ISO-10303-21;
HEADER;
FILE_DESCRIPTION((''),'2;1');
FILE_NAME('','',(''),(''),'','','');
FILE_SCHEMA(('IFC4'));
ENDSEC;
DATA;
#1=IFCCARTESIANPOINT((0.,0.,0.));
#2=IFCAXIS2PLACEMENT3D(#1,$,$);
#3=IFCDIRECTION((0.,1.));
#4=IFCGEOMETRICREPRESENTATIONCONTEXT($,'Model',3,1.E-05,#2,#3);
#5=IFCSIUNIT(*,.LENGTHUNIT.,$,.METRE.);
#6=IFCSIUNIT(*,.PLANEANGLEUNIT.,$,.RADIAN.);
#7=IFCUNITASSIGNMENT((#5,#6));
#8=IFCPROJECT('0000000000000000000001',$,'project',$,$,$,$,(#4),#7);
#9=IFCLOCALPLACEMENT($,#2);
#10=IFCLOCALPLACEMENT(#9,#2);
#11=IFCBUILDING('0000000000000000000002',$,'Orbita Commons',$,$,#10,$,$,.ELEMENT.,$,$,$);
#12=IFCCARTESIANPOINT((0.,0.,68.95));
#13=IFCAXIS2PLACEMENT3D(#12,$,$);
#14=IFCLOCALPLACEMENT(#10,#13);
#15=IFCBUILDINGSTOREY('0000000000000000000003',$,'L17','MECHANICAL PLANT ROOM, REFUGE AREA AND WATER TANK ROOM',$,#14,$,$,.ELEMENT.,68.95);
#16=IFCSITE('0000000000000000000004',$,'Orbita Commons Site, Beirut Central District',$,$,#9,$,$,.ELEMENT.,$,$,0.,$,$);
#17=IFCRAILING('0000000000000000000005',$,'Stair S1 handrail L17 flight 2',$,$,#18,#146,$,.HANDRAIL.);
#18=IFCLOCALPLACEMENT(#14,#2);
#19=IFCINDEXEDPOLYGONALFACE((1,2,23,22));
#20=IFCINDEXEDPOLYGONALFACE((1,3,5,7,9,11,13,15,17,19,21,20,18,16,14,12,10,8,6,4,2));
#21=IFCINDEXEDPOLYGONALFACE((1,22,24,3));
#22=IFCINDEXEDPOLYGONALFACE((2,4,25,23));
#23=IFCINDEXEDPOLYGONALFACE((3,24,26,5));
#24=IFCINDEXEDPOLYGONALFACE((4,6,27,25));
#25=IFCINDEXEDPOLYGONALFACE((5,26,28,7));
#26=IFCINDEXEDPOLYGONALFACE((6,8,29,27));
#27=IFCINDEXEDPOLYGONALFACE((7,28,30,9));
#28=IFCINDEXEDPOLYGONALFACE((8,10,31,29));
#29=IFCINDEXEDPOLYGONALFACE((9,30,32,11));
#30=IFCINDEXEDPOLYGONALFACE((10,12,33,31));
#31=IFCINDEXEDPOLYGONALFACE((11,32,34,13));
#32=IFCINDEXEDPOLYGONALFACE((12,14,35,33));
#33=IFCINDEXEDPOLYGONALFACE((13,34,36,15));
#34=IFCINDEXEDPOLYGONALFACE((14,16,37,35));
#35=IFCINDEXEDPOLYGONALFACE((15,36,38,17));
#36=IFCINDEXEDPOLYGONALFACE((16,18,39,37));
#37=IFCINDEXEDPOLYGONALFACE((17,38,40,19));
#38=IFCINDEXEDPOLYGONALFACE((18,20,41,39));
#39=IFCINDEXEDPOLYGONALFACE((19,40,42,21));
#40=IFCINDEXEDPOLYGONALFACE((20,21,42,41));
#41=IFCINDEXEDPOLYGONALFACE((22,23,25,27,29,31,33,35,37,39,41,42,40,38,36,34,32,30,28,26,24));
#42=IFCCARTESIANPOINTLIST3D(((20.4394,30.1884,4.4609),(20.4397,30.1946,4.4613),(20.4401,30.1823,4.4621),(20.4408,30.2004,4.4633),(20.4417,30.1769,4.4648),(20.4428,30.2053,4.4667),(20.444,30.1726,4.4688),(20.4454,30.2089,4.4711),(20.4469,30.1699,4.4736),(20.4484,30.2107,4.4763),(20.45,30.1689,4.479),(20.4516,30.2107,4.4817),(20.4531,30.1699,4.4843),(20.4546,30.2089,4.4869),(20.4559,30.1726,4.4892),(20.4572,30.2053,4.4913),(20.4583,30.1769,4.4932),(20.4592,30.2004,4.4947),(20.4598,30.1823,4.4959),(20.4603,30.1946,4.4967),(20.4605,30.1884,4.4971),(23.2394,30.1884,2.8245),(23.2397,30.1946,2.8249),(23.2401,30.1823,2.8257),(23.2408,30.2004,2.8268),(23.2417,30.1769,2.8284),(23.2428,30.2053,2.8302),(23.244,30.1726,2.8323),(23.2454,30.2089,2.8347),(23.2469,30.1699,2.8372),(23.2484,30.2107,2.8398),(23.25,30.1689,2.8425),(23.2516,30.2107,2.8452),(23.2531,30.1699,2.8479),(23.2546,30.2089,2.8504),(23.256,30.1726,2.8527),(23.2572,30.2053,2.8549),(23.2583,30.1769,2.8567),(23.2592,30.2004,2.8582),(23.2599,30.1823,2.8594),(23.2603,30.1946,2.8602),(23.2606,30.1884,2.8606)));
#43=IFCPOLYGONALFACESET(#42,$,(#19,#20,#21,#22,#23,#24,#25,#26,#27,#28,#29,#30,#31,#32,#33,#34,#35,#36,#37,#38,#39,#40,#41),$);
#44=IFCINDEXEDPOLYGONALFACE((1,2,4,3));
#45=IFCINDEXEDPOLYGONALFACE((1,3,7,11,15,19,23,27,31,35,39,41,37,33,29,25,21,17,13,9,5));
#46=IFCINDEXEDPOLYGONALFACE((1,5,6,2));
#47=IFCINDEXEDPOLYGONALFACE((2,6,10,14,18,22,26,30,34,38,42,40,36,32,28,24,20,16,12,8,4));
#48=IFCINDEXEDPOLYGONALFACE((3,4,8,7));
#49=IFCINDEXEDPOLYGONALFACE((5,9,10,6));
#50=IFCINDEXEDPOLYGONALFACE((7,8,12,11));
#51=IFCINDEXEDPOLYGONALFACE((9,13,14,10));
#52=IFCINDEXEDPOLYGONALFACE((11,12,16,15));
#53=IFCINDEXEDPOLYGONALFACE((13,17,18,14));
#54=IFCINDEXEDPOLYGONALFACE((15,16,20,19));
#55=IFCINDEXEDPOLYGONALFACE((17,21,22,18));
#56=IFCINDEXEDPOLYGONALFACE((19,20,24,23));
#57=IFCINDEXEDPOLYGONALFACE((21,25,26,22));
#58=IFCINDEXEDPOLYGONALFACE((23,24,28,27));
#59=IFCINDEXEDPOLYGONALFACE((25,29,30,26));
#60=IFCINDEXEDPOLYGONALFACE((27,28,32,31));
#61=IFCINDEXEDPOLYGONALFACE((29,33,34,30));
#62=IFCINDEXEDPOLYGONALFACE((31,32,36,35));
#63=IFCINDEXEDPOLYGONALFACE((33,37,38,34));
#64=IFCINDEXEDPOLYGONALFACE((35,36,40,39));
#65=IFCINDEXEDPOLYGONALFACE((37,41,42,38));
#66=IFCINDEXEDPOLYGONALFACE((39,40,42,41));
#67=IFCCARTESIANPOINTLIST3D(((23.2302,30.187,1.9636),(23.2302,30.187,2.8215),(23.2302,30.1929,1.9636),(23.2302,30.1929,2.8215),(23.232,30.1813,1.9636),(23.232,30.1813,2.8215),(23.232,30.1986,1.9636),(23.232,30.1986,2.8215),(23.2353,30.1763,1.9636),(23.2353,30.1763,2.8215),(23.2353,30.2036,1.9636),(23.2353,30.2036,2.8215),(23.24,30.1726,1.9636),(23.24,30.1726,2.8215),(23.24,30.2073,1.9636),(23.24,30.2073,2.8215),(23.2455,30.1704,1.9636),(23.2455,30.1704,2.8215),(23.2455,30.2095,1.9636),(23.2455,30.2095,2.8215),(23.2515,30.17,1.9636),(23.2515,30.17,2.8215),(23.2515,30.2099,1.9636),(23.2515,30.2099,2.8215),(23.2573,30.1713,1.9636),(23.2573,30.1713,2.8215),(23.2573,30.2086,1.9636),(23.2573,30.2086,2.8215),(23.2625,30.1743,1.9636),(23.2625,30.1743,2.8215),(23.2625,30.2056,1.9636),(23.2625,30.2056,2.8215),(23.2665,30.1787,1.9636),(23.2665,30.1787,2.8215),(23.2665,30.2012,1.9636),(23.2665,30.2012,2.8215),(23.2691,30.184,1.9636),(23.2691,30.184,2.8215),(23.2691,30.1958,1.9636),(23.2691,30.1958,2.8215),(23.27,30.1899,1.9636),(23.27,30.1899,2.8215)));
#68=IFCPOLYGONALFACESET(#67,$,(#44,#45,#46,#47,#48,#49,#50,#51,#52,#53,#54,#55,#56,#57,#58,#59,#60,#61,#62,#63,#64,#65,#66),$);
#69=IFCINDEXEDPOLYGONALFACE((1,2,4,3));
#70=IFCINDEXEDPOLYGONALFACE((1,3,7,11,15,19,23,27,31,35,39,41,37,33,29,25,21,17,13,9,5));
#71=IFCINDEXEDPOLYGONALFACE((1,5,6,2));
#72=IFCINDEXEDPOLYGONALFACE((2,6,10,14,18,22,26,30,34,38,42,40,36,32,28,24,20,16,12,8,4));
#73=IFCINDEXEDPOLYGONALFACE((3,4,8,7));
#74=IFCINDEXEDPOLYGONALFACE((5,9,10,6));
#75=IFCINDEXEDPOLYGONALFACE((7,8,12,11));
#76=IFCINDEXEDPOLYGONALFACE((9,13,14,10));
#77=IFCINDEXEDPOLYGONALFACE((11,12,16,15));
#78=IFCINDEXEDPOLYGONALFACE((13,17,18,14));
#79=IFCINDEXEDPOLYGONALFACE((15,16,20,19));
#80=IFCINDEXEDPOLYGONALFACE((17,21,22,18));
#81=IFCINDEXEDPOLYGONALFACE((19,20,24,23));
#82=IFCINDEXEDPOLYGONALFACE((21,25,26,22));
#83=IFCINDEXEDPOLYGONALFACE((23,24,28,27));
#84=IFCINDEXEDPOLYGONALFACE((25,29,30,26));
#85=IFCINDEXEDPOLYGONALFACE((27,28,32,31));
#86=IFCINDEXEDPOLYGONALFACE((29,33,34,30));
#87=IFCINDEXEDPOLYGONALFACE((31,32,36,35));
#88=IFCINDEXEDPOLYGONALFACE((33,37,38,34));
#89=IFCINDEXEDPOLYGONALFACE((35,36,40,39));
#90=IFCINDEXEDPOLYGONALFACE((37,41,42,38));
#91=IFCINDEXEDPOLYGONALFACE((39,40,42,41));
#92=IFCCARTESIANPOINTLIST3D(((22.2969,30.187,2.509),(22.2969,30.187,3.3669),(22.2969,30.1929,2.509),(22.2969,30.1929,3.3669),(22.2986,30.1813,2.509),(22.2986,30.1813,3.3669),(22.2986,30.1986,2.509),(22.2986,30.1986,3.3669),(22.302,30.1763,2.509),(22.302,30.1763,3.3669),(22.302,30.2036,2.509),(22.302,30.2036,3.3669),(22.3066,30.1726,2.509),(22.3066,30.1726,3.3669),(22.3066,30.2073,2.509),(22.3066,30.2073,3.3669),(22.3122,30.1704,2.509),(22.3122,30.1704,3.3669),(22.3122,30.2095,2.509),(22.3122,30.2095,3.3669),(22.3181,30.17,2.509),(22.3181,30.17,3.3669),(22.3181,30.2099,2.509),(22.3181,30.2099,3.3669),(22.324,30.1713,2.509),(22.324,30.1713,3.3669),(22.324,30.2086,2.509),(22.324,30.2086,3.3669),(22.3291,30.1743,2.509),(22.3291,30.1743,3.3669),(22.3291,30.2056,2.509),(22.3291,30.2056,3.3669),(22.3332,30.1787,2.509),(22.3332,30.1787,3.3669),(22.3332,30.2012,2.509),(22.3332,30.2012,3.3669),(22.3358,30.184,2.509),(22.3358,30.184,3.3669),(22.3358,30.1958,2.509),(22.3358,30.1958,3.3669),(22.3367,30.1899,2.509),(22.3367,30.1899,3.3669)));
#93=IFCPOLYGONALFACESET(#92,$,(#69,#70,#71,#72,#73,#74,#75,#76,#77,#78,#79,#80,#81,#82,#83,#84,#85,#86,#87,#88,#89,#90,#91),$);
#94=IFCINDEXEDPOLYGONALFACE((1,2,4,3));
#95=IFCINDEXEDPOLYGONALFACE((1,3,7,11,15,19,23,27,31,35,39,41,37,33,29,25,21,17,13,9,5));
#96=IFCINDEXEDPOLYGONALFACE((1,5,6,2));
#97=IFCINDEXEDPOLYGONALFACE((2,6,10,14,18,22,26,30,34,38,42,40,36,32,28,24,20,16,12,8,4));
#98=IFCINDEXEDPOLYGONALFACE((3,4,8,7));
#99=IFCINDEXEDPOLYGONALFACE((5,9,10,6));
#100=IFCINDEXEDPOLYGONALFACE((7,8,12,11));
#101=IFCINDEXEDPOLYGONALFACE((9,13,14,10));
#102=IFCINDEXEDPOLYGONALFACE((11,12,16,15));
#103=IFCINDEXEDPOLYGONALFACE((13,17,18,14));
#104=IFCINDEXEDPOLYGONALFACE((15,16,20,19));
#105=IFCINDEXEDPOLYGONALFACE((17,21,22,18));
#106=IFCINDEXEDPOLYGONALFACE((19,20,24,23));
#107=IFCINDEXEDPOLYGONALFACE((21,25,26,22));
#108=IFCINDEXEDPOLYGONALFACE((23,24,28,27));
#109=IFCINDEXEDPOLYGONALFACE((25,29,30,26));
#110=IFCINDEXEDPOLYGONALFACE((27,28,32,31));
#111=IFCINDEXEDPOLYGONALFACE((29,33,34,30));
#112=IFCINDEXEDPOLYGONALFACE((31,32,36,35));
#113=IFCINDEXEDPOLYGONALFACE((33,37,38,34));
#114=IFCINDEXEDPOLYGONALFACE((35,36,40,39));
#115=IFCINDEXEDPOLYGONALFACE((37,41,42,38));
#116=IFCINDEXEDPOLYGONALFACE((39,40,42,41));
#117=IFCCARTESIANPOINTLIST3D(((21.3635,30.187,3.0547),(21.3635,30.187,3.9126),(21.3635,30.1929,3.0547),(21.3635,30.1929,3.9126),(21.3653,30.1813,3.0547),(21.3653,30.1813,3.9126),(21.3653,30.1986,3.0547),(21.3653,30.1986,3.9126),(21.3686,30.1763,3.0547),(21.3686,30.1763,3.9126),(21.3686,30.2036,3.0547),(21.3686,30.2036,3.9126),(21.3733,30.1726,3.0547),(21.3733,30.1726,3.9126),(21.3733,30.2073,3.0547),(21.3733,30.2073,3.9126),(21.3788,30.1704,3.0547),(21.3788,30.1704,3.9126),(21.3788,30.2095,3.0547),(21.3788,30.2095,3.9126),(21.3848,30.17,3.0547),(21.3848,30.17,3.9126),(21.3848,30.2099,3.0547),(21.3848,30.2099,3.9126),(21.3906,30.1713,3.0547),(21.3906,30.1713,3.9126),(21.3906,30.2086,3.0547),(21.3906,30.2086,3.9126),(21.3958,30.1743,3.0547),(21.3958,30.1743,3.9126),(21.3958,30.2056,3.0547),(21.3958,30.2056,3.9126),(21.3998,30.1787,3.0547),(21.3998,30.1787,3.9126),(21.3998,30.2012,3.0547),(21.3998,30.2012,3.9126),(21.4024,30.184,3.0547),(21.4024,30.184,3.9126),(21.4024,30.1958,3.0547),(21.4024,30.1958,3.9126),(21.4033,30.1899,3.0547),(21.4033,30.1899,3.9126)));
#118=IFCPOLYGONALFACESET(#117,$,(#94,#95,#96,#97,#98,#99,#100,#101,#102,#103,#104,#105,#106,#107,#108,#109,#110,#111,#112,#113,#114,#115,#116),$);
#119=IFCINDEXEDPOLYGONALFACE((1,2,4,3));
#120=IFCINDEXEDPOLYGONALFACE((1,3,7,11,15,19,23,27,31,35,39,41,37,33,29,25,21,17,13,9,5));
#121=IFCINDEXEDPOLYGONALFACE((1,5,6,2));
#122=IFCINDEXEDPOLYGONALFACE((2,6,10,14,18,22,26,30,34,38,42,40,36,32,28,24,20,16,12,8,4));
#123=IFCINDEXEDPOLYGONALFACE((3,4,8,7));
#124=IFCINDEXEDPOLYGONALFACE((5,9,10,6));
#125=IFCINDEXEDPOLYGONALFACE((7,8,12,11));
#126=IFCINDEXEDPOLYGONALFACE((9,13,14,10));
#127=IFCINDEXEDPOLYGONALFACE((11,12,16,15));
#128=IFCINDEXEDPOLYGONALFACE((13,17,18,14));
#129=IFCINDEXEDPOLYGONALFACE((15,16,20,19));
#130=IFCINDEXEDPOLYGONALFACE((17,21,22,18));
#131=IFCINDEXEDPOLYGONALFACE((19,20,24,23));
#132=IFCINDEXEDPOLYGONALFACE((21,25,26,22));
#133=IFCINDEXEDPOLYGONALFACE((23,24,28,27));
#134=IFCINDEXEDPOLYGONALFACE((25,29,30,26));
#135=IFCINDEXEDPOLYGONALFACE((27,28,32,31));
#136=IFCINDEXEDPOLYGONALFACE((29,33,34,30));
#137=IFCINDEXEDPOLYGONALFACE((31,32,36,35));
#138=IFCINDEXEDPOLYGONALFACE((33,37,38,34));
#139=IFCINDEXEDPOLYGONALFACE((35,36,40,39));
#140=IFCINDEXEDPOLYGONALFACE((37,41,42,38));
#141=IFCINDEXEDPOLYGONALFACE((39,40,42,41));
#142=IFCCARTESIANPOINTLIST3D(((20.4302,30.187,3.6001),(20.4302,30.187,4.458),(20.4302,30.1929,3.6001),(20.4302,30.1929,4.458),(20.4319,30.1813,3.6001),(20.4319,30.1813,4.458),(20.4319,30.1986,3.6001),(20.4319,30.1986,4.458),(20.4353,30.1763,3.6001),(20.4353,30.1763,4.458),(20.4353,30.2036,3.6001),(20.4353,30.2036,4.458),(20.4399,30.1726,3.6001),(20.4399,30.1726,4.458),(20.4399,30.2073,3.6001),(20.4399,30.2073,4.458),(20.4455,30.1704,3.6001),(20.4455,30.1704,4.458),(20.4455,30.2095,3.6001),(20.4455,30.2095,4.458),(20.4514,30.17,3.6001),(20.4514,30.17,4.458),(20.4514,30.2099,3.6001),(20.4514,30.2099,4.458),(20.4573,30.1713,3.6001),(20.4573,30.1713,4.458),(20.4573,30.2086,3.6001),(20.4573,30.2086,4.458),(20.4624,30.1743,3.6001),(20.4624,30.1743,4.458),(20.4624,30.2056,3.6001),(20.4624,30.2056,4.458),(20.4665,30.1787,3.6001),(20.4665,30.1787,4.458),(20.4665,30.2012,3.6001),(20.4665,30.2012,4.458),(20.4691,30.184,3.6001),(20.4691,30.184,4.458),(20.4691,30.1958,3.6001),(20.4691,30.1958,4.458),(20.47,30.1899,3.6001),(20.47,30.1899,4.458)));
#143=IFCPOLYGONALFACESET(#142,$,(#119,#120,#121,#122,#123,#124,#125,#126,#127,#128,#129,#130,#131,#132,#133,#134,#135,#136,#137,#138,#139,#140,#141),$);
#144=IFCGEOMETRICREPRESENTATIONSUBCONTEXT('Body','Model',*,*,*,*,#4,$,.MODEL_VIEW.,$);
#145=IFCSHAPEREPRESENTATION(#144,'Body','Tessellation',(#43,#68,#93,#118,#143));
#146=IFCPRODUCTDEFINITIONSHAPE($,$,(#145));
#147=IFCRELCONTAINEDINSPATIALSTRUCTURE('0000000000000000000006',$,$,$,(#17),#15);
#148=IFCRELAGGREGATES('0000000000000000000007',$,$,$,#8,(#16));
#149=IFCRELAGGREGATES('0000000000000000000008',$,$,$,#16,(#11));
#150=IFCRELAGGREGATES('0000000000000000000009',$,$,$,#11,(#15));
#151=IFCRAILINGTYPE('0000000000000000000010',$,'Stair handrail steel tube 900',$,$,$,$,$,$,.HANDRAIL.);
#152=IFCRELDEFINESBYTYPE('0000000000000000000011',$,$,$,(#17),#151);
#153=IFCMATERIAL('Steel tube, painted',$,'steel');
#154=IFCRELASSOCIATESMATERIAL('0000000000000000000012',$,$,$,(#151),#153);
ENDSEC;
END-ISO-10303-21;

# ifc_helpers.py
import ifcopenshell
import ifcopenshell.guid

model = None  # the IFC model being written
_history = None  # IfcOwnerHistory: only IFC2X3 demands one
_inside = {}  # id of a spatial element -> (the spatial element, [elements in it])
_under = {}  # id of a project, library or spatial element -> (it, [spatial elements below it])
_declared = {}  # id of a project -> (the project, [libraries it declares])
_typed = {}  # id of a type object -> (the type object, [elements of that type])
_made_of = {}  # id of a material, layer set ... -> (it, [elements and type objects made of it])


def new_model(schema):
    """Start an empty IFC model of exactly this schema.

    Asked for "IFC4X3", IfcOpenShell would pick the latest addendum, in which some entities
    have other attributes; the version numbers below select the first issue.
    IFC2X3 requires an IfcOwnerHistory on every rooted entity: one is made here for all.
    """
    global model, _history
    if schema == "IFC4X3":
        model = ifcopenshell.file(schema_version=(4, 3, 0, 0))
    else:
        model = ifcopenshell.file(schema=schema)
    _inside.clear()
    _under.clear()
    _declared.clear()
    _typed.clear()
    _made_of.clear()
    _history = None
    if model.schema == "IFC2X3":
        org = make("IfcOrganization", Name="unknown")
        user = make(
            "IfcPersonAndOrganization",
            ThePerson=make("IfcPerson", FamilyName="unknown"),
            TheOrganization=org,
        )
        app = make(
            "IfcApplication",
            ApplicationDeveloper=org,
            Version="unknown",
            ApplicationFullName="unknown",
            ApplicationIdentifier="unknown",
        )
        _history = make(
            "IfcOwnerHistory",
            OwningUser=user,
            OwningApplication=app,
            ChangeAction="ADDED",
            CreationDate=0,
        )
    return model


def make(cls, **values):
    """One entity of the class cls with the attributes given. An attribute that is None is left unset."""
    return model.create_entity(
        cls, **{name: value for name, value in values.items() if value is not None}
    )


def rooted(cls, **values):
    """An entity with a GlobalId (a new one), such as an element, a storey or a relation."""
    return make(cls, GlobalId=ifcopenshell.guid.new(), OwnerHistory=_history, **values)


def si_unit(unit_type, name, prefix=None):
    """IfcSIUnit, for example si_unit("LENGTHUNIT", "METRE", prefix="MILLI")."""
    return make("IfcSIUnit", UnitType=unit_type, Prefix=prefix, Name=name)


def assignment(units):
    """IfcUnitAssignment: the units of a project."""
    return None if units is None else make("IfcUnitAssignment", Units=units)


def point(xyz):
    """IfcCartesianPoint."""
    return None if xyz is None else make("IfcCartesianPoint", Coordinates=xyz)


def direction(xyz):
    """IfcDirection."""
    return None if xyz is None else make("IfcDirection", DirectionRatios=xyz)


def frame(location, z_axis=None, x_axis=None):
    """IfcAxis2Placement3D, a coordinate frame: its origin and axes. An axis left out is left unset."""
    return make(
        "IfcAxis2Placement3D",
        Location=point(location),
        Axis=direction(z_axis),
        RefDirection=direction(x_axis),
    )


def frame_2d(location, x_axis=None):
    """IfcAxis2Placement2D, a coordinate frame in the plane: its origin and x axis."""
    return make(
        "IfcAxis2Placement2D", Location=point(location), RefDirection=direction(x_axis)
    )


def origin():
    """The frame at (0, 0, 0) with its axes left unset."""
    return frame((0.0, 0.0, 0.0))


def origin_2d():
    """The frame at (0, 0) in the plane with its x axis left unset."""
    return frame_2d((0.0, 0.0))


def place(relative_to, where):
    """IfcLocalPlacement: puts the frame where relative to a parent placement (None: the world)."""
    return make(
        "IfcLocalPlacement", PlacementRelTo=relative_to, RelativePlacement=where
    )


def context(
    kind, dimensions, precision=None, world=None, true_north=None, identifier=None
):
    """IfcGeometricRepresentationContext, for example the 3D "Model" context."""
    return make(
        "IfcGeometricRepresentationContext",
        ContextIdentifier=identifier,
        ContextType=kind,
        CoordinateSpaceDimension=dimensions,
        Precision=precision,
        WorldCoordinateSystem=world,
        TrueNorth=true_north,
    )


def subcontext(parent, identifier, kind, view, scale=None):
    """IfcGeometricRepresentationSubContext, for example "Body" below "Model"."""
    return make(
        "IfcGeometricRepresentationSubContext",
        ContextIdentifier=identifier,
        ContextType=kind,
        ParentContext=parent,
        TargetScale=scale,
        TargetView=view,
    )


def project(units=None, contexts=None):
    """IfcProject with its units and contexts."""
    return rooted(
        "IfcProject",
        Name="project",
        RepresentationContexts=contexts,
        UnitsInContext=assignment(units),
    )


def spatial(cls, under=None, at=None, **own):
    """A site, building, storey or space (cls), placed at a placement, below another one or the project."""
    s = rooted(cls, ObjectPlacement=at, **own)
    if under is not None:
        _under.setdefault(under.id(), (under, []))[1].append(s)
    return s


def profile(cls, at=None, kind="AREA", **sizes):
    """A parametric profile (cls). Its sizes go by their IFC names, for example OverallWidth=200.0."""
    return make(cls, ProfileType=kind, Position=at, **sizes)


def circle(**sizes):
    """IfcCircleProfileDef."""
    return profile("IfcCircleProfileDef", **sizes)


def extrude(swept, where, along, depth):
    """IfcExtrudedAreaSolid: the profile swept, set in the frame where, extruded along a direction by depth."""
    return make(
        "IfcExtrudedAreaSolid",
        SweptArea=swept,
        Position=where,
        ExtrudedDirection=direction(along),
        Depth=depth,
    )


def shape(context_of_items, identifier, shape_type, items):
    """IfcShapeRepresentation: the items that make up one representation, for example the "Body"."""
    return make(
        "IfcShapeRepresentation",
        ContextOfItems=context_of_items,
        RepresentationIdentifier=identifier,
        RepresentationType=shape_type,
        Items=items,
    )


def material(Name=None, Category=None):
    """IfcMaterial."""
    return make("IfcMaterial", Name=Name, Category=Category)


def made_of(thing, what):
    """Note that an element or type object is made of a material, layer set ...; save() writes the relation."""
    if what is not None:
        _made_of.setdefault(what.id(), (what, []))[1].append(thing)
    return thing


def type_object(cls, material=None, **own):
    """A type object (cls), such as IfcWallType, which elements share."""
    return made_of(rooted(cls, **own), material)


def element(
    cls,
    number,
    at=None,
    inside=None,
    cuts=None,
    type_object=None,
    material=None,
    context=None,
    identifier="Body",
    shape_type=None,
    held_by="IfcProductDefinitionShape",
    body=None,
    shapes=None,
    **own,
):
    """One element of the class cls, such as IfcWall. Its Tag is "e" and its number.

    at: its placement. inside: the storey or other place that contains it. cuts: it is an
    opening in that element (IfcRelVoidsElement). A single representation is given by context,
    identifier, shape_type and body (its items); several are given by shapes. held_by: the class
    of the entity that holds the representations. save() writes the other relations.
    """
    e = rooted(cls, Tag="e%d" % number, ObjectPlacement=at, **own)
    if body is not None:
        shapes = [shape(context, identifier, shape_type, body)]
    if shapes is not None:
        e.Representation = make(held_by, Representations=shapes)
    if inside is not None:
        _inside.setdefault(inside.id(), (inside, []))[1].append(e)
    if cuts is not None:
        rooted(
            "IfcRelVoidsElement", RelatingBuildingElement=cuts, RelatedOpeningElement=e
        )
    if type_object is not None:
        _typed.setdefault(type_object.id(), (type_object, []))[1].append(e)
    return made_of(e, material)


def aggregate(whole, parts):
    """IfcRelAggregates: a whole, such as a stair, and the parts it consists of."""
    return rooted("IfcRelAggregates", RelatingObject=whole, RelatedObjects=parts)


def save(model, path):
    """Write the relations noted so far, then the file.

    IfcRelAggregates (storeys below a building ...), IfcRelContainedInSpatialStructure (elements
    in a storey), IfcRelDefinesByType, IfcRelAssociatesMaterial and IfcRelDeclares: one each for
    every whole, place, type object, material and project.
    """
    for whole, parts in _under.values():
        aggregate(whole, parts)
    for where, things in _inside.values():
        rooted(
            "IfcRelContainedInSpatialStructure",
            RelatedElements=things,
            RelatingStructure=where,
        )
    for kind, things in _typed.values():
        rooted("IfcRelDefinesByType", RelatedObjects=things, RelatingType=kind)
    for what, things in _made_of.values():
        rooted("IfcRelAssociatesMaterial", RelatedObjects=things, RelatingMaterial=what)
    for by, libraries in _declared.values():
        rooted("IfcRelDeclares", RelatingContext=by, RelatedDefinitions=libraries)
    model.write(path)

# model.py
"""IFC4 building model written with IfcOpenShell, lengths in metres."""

from ifc_helpers import new_model, si_unit, direction, frame, origin, origin_2d, place, context, subcontext, project, spatial, circle, extrude, material, type_object, element, save


model = new_model("IFC4")

# Units and contexts
model_context = context("Model", 3, precision=1e-05, world=origin(), true_north=direction((0.0, 1.0)))
body_context = subcontext(model_context, "Body", "Model", "MODEL_VIEW")
ifc_project = project(units=[si_unit("LENGTHUNIT", "METRE"), si_unit("PLANEANGLEUNIT", "RADIAN")], contexts=[model_context])

# Site, building, storey
site_placement = place(None, origin())
site = spatial("IfcSite", under=ifc_project, at=site_placement, Name="Orbita Commons Site, Beirut Central District", CompositionType="ELEMENT", RefElevation=0.0)
building_placement = place(site_placement, origin())
building = spatial("IfcBuilding", under=site, at=building_placement, Name="Orbita Commons", CompositionType="ELEMENT")
storey_placement = place(building_placement, frame((0.0, 0.0, 68.95)))
storey = spatial("IfcBuildingStorey", under=building, at=storey_placement, Name="L17", Description="MECHANICAL PLANT ROOM, REFUGE AREA AND WATER TANK ROOM", CompositionType="ELEMENT", Elevation=68.95)

# Railing
ifc_material_1 = material(Name="Steel tube, painted", Category="steel")
railing_type = type_object("IfcRailingType", Name="Stair handrail steel tube 900", PredefinedType="HANDRAIL", material=ifc_material_1)
for number, where, name in (
    (1, (23.25, 30.1899, 1.9636), "Stair S1 handrail L17 flight 2"),
):
    element("IfcRailing", number, at=place(storey_placement, frame(where)), inside=storey, type_object=railing_type, Name=name, PredefinedType="HANDRAIL", context=body_context, shape_type="SweptSolid", body=[
        extrude(circle(Radius=0.021, at=origin_2d()), frame((0.0, 0.0, 0.8789), z_axis=(-0.863361, 0.0, 0.504587), x_axis=(0.0, -1.0, 0.0)), (0.0, 0.0, 1.0), 3.2432),
        extrude(circle(Radius=0.02, at=origin_2d()), origin(), (0.0, 0.0, 1.0), 0.8579),
        extrude(circle(Radius=0.02, at=origin_2d()), frame((-0.9333, 0.0, 0.5454)), (0.0, 0.0, 1.0), 0.8579),
        extrude(circle(Radius=0.02, at=origin_2d()), frame((-1.8667, 0.0, 1.0911)), (0.0, 0.0, 1.0), 0.8579),
        extrude(circle(Radius=0.02, at=origin_2d()), frame((-2.8, 0.0, 1.6365)), (0.0, 0.0, 1.0), 0.8579),
    ])

save(model, "model.ifc")
